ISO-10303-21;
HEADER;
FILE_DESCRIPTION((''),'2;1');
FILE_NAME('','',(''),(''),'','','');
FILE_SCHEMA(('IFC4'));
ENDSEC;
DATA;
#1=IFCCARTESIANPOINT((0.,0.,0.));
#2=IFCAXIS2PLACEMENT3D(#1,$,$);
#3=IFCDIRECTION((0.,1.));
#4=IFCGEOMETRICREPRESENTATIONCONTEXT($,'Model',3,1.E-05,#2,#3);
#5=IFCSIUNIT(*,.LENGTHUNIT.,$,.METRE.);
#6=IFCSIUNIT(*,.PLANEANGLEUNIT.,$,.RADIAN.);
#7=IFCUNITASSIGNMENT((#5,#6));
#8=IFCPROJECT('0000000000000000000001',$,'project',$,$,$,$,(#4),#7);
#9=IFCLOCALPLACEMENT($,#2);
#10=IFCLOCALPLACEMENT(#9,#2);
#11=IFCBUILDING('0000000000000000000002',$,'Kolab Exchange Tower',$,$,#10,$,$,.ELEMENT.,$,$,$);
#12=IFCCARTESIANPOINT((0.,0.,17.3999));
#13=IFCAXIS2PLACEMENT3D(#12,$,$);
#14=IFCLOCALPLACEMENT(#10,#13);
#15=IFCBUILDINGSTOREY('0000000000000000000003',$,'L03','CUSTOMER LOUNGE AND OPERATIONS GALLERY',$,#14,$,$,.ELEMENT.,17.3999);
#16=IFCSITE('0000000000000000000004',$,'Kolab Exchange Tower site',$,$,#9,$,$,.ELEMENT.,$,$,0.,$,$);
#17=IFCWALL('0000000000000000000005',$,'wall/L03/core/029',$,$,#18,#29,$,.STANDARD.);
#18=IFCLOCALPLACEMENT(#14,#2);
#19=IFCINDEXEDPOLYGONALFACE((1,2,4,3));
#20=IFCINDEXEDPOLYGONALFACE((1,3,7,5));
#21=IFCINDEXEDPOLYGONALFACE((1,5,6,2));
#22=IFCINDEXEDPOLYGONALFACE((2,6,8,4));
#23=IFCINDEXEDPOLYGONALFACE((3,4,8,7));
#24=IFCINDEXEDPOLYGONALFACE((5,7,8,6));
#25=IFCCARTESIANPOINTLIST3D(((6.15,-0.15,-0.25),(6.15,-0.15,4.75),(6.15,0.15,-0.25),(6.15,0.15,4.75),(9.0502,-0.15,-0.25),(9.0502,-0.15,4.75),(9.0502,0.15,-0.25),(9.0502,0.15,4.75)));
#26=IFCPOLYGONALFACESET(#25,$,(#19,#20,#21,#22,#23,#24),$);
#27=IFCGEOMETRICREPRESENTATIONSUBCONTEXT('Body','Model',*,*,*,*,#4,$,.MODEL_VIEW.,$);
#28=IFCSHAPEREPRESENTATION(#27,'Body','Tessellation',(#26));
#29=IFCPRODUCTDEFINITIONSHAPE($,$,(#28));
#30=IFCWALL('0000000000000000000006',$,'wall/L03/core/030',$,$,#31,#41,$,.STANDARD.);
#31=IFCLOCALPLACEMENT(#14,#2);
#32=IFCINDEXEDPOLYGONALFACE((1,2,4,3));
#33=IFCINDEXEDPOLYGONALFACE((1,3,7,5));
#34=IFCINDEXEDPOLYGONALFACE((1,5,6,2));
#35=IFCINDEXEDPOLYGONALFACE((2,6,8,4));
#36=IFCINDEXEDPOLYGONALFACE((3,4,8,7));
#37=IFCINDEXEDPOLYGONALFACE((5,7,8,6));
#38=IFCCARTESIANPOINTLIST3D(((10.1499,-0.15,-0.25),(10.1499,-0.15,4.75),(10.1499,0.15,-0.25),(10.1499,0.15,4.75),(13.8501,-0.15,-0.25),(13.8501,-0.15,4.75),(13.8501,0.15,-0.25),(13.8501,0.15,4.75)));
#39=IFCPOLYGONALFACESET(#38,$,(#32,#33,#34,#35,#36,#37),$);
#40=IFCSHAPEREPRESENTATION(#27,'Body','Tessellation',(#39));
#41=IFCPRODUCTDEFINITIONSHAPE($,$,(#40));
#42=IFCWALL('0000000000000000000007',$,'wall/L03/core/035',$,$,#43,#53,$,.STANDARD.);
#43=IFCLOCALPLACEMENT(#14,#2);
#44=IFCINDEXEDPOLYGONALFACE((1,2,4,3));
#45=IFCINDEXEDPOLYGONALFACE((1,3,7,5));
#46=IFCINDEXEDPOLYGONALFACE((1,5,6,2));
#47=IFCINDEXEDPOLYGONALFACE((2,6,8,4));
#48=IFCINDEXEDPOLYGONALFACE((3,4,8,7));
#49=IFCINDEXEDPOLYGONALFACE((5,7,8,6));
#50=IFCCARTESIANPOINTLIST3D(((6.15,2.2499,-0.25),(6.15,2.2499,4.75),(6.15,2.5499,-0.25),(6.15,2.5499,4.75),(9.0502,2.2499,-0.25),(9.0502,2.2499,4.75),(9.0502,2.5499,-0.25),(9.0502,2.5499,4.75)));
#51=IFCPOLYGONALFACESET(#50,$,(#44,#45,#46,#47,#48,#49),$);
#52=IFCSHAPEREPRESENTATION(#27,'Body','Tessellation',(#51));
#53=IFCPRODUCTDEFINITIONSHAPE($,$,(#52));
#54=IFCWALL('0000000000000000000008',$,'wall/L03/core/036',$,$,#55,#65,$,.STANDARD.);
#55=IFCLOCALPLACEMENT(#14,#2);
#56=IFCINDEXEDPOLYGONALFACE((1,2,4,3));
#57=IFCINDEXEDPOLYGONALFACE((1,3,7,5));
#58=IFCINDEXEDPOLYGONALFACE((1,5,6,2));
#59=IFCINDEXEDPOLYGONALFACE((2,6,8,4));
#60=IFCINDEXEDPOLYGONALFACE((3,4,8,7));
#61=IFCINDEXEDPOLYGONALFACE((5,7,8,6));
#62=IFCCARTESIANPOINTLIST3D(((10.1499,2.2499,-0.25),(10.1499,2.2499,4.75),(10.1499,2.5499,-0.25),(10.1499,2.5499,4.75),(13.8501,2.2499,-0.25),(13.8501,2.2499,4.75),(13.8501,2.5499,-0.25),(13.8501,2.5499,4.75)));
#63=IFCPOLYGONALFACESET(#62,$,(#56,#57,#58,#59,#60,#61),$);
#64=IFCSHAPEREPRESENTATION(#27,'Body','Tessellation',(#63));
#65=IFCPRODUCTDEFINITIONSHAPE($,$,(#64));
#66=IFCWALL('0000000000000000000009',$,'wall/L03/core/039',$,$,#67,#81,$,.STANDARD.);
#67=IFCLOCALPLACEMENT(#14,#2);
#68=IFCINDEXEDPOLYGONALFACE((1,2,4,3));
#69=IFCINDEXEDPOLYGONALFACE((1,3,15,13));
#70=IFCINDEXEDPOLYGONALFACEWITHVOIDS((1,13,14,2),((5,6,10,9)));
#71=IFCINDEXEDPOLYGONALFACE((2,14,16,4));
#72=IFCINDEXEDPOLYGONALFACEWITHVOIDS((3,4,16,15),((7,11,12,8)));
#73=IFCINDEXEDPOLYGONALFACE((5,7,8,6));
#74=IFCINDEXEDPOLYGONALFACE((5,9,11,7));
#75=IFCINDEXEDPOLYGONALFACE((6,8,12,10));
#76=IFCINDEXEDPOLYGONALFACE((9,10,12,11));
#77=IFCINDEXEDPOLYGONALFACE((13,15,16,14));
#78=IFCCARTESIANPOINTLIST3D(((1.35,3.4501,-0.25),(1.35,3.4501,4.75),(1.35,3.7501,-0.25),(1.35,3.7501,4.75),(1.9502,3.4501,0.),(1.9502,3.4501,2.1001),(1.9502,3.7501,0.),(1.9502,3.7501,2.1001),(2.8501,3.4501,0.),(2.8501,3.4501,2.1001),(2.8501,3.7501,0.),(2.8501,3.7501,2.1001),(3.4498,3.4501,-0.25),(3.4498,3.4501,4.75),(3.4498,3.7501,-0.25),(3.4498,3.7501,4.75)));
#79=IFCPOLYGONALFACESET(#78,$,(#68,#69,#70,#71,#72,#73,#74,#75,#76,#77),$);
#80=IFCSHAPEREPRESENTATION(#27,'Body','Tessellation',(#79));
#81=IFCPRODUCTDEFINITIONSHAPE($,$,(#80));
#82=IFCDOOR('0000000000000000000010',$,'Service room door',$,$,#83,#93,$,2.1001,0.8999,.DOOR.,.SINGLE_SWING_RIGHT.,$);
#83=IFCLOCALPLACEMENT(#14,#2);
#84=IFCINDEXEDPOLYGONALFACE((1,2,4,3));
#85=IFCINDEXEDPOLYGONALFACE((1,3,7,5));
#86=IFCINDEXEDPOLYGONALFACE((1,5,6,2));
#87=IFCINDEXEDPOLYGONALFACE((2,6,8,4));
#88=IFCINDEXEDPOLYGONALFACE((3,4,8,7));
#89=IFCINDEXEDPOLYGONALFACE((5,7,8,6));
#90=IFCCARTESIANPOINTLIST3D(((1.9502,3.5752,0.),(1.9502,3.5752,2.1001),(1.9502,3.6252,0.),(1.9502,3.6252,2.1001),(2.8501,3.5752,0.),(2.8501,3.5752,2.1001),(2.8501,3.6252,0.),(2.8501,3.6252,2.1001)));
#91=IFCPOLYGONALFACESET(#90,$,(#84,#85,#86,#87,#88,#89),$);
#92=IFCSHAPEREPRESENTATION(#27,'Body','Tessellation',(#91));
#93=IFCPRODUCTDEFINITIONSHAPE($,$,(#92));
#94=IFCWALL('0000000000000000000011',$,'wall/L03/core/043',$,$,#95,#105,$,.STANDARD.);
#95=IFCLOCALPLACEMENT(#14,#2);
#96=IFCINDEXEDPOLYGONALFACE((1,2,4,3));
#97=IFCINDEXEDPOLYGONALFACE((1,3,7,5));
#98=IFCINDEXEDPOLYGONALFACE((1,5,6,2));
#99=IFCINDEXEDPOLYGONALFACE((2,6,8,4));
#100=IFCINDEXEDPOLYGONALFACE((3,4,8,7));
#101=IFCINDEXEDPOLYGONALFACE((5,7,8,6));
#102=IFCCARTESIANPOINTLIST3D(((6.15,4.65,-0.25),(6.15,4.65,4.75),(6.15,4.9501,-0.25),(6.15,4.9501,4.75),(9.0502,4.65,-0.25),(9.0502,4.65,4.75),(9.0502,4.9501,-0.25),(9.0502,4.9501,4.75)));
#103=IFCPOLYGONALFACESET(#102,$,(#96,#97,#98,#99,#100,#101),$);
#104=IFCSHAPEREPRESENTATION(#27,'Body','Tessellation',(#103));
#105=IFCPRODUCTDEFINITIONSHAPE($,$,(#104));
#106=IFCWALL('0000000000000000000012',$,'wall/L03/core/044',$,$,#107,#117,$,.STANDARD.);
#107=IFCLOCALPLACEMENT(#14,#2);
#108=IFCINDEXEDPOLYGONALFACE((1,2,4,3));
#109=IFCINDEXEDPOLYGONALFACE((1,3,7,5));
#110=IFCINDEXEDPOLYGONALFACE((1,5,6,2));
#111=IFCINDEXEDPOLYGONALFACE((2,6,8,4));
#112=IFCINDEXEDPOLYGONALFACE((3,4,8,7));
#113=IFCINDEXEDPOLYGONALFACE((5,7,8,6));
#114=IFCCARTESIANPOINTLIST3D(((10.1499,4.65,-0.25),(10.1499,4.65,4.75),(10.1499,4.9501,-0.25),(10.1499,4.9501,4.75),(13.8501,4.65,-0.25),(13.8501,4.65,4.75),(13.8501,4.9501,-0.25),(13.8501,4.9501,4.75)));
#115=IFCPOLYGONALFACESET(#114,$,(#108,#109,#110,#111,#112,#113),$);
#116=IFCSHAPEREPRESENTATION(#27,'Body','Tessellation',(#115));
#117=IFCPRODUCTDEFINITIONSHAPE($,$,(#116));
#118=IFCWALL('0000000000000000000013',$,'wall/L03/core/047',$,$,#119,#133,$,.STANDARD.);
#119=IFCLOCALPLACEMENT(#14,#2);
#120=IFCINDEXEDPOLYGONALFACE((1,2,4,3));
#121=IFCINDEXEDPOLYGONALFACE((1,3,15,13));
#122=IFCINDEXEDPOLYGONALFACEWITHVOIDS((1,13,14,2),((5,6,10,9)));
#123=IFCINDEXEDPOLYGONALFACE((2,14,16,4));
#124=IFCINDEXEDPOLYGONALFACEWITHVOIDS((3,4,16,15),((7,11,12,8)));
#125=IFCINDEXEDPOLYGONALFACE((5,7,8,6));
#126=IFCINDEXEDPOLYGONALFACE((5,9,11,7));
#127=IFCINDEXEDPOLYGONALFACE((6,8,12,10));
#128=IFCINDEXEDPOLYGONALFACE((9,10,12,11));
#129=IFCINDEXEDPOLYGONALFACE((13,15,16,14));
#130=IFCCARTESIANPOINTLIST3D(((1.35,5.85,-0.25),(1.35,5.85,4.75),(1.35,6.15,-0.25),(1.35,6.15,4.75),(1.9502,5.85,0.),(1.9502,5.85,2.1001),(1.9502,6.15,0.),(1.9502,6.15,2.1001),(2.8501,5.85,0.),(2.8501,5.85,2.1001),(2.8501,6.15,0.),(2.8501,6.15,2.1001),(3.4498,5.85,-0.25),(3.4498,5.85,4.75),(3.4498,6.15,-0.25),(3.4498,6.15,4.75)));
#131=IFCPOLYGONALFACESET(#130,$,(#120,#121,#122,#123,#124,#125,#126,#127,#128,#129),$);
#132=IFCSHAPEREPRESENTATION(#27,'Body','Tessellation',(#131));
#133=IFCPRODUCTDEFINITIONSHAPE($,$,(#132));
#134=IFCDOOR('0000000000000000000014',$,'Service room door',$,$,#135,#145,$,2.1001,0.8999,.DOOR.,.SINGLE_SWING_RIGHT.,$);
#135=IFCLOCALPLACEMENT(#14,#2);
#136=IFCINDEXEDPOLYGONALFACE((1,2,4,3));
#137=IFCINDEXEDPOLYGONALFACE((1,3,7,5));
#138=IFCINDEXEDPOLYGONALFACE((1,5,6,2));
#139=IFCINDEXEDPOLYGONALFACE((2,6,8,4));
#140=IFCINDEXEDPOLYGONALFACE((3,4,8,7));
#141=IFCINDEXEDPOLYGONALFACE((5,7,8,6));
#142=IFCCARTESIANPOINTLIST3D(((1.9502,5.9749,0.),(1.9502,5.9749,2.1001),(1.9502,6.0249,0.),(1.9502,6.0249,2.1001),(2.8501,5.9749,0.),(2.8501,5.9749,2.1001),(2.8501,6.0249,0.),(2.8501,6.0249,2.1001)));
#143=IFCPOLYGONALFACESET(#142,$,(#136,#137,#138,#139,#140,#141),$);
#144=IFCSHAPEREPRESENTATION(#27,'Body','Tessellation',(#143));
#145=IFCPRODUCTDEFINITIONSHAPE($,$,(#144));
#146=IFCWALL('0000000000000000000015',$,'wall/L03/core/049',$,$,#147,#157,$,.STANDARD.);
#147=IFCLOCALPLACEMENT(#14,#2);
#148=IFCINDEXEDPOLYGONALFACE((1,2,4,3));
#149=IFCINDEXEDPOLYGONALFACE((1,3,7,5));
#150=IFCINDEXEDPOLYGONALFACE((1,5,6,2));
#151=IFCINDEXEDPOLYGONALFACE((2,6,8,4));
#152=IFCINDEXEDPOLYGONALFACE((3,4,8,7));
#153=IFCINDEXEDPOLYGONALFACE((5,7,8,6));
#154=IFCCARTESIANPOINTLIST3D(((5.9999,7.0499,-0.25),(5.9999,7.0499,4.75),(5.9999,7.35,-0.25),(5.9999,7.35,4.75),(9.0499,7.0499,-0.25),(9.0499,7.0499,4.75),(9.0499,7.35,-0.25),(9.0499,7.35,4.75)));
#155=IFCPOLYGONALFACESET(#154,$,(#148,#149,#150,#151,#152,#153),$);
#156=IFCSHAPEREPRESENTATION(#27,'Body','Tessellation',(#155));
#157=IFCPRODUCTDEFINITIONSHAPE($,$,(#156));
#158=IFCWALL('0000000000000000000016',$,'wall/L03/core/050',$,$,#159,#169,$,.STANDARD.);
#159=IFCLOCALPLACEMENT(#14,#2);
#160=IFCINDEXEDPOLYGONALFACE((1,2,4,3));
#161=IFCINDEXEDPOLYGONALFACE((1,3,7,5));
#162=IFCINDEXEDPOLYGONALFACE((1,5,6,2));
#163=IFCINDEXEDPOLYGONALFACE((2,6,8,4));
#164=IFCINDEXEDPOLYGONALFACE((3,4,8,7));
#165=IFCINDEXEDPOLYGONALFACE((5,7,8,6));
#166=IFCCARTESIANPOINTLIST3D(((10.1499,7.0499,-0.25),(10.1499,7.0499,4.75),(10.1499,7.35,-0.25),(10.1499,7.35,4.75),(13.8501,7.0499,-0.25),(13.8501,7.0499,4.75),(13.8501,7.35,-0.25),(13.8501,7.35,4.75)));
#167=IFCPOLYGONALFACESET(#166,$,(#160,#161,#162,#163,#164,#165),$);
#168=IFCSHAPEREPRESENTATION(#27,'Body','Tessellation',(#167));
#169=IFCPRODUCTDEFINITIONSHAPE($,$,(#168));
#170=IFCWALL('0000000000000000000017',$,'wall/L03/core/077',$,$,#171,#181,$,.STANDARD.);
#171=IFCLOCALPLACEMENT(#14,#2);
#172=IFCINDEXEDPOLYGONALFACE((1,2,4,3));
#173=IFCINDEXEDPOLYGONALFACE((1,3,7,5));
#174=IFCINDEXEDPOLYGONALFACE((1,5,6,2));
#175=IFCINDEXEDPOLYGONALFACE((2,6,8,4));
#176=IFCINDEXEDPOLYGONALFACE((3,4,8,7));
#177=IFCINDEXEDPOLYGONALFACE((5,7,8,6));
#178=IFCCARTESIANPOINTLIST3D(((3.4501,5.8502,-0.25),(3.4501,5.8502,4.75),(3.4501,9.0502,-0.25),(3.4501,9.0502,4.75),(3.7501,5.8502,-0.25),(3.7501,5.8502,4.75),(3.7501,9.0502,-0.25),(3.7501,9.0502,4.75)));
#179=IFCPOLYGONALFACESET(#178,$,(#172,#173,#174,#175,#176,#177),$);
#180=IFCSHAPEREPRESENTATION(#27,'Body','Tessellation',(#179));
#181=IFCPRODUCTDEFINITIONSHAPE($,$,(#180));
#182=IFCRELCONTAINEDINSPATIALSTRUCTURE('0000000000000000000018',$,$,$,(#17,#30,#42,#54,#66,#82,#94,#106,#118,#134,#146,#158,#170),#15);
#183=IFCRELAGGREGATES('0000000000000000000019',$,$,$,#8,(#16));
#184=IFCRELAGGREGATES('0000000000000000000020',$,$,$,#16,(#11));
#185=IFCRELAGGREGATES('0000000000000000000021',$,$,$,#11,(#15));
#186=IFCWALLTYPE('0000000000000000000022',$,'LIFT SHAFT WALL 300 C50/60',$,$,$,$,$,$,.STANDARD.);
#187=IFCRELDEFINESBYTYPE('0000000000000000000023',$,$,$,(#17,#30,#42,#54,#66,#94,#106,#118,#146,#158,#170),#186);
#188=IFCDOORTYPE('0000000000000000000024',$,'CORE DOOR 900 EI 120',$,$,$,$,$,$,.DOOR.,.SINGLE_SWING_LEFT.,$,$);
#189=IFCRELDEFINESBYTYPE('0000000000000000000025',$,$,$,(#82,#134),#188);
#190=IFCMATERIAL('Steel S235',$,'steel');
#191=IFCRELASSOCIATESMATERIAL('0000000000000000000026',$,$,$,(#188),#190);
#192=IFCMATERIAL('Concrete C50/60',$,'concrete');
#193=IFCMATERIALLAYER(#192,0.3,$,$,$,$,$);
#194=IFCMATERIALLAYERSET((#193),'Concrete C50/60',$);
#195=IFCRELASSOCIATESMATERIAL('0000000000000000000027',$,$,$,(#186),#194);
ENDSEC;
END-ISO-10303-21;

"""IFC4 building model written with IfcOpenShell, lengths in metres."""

from ifc_helpers import new_model, si_unit, direction, frame, frame_2d, origin, place, context, subcontext, project, spatial, rectangle, extrude, material, layer, layer_set, type_object, element, fill, save


model = new_model("IFC4")

# Units and contexts
model_context = context("Model", 3, precision=1e-05, world=origin(), true_north=direction((0.0, 1.0)))
body_context = subcontext(model_context, "Body", "Model", "MODEL_VIEW")
ifc_project = project(units=[si_unit("LENGTHUNIT", "METRE"), si_unit("PLANEANGLEUNIT", "RADIAN")], contexts=[model_context])

# Site, building, storey
site_placement = place(None, origin())
site = spatial("IfcSite", under=ifc_project, at=site_placement, Name="Kolab Exchange Tower site", CompositionType="ELEMENT", RefElevation=0.0)
building_placement = place(site_placement, origin())
building = spatial("IfcBuilding", under=site, at=building_placement, Name="Kolab Exchange Tower", CompositionType="ELEMENT")
storey_placement = place(building_placement, frame((0.0, 0.0, 17.3999)))
storey = spatial("IfcBuildingStorey", under=building, at=storey_placement, Name="L03", Description="CUSTOMER LOUNGE AND OPERATIONS GALLERY", CompositionType="ELEMENT", Elevation=17.3999)

# Shared definitions
ifc_material_1 = material(Name="Steel S235", Category="steel")
door_type_1 = type_object("IfcDoorType", Name="CORE DOOR 900 EI 120", OperationType="SINGLE_SWING_LEFT", PredefinedType="DOOR", material=ifc_material_1)

# Walls
ifc_material_2 = material(Name="Concrete C50/60", Category="concrete")
ifc_layer_1 = layer(ifc_material_2, 0.3)
ifc_layer_set_1 = layer_set([ifc_layer_1], Name="Concrete C50/60")
wall_type_1 = type_object("IfcWallType", Name="LIFT SHAFT WALL 300 C50/60", PredefinedType="STANDARD", material=ifc_layer_set_1)
wall_1_placement = place(storey_placement, frame((6.1499, 0.0, -0.25), z_axis=(0.0, 0.0, 1.0), x_axis=(1.0, 0.0, 0.0)))
element("IfcWall", 1, at=wall_1_placement, inside=storey, type_object=wall_type_1, Name="wall/L03/core/029", PredefinedType="STANDARD", context=body_context, shape_type="SweptSolid", body=[
    extrude(rectangle(XDim=2.9001, YDim=0.3, at=frame_2d((1.4502, 0.0))), origin(), (0.0, 0.0, 1.0), 5.0),
])
wall_2_placement = place(storey_placement, frame((10.1499, 0.0, -0.25), z_axis=(0.0, 0.0, 1.0), x_axis=(1.0, 0.0, 0.0)))
element("IfcWall", 2, at=wall_2_placement, inside=storey, type_object=wall_type_1, Name="wall/L03/core/030", PredefinedType="STANDARD", context=body_context, shape_type="SweptSolid", body=[
    extrude(rectangle(XDim=3.7002, YDim=0.3, at=frame_2d((1.8501, 0.0))), origin(), (0.0, 0.0, 1.0), 5.0),
])
wall_3_placement = place(storey_placement, frame((6.1499, 2.3999, -0.25), z_axis=(0.0, 0.0, 1.0), x_axis=(1.0, 0.0, 0.0)))
element("IfcWall", 3, at=wall_3_placement, inside=storey, type_object=wall_type_1, Name="wall/L03/core/035", PredefinedType="STANDARD", context=body_context, shape_type="SweptSolid", body=[
    extrude(rectangle(XDim=2.9001, YDim=0.3, at=frame_2d((1.4502, 0.0))), origin(), (0.0, 0.0, 1.0), 5.0),
])
wall_4_placement = place(storey_placement, frame((10.1499, 2.3999, -0.25), z_axis=(0.0, 0.0, 1.0), x_axis=(1.0, 0.0, 0.0)))
element("IfcWall", 4, at=wall_4_placement, inside=storey, type_object=wall_type_1, Name="wall/L03/core/036", PredefinedType="STANDARD", context=body_context, shape_type="SweptSolid", body=[
    extrude(rectangle(XDim=3.7002, YDim=0.3, at=frame_2d((1.8501, 0.0))), origin(), (0.0, 0.0, 1.0), 5.0),
])

# Wall, opening, door
wall_5_placement = place(storey_placement, frame((1.3501, 3.6001, -0.25), z_axis=(0.0, 0.0, 1.0), x_axis=(1.0, 0.0, 0.0)))
wall_5 = element("IfcWall", 5, at=wall_5_placement, inside=storey, type_object=wall_type_1, Name="wall/L03/core/039", PredefinedType="STANDARD", context=body_context, shape_type="SweptSolid", body=[
    extrude(rectangle(XDim=2.0999, YDim=0.3, at=frame_2d((1.0498, 0.0))), origin(), (0.0, 0.0, 1.0), 5.0),
])
opening_1_placement = place(wall_5_placement, frame((0.6001, 0.0, 0.25)))
opening_1 = element("IfcOpeningElement", 6, at=opening_1_placement, cuts=wall_5, PredefinedType="OPENING", context=body_context, shape_type="SweptSolid", body=[
    extrude(rectangle(XDim=0.8999, YDim=2.1001, at=frame_2d((0.45, 1.05))), frame((0.0, 0.1602, 0.0), z_axis=(0.0, -1.0, 0.0), x_axis=(1.0, 0.0, 0.0)), (0.0, 0.0, 1.0), 0.3201),
])
door_1_placement = place(opening_1_placement, frame((0.8999, 0.0, 0.0), z_axis=(0.0, 0.0, 1.0), x_axis=(-1.0, 0.0, 0.0)))
door_1 = element("IfcDoor", 7, at=door_1_placement, inside=storey, type_object=door_type_1, Name="Service room door", OperationType="SINGLE_SWING_RIGHT", OverallHeight=2.1001, OverallWidth=0.8999, PredefinedType="DOOR", context=body_context, shape_type="SweptSolid", body=[
    extrude(rectangle(XDim=0.8999, YDim=2.1001, at=frame_2d((0.45, 1.05))), frame((0.0, 0.0249, 0.0), z_axis=(0.0, -1.0, 0.0), x_axis=(1.0, 0.0, 0.0)), (0.0, 0.0, 1.0), 0.05),
])
fill(opening_1, door_1)

# Walls
wall_6_placement = place(storey_placement, frame((6.1499, 4.8, -0.25), z_axis=(0.0, 0.0, 1.0), x_axis=(1.0, 0.0, 0.0)))
element("IfcWall", 8, at=wall_6_placement, inside=storey, type_object=wall_type_1, Name="wall/L03/core/043", PredefinedType="STANDARD", context=body_context, shape_type="SweptSolid", body=[
    extrude(rectangle(XDim=2.9001, YDim=0.3, at=frame_2d((1.4502, 0.0))), origin(), (0.0, 0.0, 1.0), 5.0),
])
wall_7_placement = place(storey_placement, frame((10.1499, 4.8, -0.25), z_axis=(0.0, 0.0, 1.0), x_axis=(1.0, 0.0, 0.0)))
element("IfcWall", 9, at=wall_7_placement, inside=storey, type_object=wall_type_1, Name="wall/L03/core/044", PredefinedType="STANDARD", context=body_context, shape_type="SweptSolid", body=[
    extrude(rectangle(XDim=3.7002, YDim=0.3, at=frame_2d((1.8501, 0.0))), origin(), (0.0, 0.0, 1.0), 5.0),
])

# Wall, opening, door
wall_8_placement = place(storey_placement, frame((1.3501, 6.0, -0.25), z_axis=(0.0, 0.0, 1.0), x_axis=(1.0, 0.0, 0.0)))
wall_8 = element("IfcWall", 10, at=wall_8_placement, inside=storey, type_object=wall_type_1, Name="wall/L03/core/047", PredefinedType="STANDARD", context=body_context, shape_type="SweptSolid", body=[
    extrude(rectangle(XDim=2.0999, YDim=0.3, at=frame_2d((1.0498, 0.0))), origin(), (0.0, 0.0, 1.0), 5.0),
])
opening_2_placement = place(wall_8_placement, frame((0.6001, 0.0, 0.25)))
opening_2 = element("IfcOpeningElement", 11, at=opening_2_placement, cuts=wall_8, PredefinedType="OPENING", context=body_context, shape_type="SweptSolid", body=[
    extrude(rectangle(XDim=0.8999, YDim=2.1001, at=frame_2d((0.45, 1.05))), frame((0.0, 0.1602, 0.0), z_axis=(0.0, -1.0, 0.0), x_axis=(1.0, 0.0, 0.0)), (0.0, 0.0, 1.0), 0.3201),
])
door_2_placement = place(opening_2_placement, origin())
door_2 = element("IfcDoor", 12, at=door_2_placement, inside=storey, type_object=door_type_1, Name="Service room door", OperationType="SINGLE_SWING_RIGHT", OverallHeight=2.1001, OverallWidth=0.8999, PredefinedType="DOOR", context=body_context, shape_type="SweptSolid", body=[
    extrude(rectangle(XDim=0.8999, YDim=2.1001, at=frame_2d((0.45, 1.05))), frame((0.0, 0.0249, 0.0), z_axis=(0.0, -1.0, 0.0), x_axis=(1.0, 0.0, 0.0)), (0.0, 0.0, 1.0), 0.05),
])
fill(opening_2, door_2)

# Walls
wall_9_placement = place(storey_placement, frame((6.0, 7.2, -0.25), z_axis=(0.0, 0.0, 1.0), x_axis=(1.0, 0.0, 0.0)))
element("IfcWall", 13, at=wall_9_placement, inside=storey, type_object=wall_type_1, Name="wall/L03/core/049", PredefinedType="STANDARD", context=body_context, shape_type="SweptSolid", body=[
    extrude(rectangle(XDim=3.05, YDim=0.3, at=frame_2d((1.5249, 0.0))), origin(), (0.0, 0.0, 1.0), 5.0),
])
wall_10_placement = place(storey_placement, frame((10.1499, 7.2, -0.25), z_axis=(0.0, 0.0, 1.0), x_axis=(1.0, 0.0, 0.0)))
element("IfcWall", 14, at=wall_10_placement, inside=storey, type_object=wall_type_1, Name="wall/L03/core/050", PredefinedType="STANDARD", context=body_context, shape_type="SweptSolid", body=[
    extrude(rectangle(XDim=3.7002, YDim=0.3, at=frame_2d((1.8501, 0.0))), origin(), (0.0, 0.0, 1.0), 5.0),
])
wall_11_placement = place(storey_placement, frame((3.6001, 5.8501, -0.25), z_axis=(0.0, 0.0, 1.0), x_axis=(0.0, 1.0, 0.0)))
element("IfcWall", 15, at=wall_11_placement, inside=storey, type_object=wall_type_1, Name="wall/L03/core/077", PredefinedType="STANDARD", context=body_context, shape_type="SweptSolid", body=[
    extrude(rectangle(XDim=3.2, YDim=0.3, at=frame_2d((1.6001, 0.0))), origin(), (0.0, 0.0, 1.0), 5.0),
])

save(model, "model.ifc")
